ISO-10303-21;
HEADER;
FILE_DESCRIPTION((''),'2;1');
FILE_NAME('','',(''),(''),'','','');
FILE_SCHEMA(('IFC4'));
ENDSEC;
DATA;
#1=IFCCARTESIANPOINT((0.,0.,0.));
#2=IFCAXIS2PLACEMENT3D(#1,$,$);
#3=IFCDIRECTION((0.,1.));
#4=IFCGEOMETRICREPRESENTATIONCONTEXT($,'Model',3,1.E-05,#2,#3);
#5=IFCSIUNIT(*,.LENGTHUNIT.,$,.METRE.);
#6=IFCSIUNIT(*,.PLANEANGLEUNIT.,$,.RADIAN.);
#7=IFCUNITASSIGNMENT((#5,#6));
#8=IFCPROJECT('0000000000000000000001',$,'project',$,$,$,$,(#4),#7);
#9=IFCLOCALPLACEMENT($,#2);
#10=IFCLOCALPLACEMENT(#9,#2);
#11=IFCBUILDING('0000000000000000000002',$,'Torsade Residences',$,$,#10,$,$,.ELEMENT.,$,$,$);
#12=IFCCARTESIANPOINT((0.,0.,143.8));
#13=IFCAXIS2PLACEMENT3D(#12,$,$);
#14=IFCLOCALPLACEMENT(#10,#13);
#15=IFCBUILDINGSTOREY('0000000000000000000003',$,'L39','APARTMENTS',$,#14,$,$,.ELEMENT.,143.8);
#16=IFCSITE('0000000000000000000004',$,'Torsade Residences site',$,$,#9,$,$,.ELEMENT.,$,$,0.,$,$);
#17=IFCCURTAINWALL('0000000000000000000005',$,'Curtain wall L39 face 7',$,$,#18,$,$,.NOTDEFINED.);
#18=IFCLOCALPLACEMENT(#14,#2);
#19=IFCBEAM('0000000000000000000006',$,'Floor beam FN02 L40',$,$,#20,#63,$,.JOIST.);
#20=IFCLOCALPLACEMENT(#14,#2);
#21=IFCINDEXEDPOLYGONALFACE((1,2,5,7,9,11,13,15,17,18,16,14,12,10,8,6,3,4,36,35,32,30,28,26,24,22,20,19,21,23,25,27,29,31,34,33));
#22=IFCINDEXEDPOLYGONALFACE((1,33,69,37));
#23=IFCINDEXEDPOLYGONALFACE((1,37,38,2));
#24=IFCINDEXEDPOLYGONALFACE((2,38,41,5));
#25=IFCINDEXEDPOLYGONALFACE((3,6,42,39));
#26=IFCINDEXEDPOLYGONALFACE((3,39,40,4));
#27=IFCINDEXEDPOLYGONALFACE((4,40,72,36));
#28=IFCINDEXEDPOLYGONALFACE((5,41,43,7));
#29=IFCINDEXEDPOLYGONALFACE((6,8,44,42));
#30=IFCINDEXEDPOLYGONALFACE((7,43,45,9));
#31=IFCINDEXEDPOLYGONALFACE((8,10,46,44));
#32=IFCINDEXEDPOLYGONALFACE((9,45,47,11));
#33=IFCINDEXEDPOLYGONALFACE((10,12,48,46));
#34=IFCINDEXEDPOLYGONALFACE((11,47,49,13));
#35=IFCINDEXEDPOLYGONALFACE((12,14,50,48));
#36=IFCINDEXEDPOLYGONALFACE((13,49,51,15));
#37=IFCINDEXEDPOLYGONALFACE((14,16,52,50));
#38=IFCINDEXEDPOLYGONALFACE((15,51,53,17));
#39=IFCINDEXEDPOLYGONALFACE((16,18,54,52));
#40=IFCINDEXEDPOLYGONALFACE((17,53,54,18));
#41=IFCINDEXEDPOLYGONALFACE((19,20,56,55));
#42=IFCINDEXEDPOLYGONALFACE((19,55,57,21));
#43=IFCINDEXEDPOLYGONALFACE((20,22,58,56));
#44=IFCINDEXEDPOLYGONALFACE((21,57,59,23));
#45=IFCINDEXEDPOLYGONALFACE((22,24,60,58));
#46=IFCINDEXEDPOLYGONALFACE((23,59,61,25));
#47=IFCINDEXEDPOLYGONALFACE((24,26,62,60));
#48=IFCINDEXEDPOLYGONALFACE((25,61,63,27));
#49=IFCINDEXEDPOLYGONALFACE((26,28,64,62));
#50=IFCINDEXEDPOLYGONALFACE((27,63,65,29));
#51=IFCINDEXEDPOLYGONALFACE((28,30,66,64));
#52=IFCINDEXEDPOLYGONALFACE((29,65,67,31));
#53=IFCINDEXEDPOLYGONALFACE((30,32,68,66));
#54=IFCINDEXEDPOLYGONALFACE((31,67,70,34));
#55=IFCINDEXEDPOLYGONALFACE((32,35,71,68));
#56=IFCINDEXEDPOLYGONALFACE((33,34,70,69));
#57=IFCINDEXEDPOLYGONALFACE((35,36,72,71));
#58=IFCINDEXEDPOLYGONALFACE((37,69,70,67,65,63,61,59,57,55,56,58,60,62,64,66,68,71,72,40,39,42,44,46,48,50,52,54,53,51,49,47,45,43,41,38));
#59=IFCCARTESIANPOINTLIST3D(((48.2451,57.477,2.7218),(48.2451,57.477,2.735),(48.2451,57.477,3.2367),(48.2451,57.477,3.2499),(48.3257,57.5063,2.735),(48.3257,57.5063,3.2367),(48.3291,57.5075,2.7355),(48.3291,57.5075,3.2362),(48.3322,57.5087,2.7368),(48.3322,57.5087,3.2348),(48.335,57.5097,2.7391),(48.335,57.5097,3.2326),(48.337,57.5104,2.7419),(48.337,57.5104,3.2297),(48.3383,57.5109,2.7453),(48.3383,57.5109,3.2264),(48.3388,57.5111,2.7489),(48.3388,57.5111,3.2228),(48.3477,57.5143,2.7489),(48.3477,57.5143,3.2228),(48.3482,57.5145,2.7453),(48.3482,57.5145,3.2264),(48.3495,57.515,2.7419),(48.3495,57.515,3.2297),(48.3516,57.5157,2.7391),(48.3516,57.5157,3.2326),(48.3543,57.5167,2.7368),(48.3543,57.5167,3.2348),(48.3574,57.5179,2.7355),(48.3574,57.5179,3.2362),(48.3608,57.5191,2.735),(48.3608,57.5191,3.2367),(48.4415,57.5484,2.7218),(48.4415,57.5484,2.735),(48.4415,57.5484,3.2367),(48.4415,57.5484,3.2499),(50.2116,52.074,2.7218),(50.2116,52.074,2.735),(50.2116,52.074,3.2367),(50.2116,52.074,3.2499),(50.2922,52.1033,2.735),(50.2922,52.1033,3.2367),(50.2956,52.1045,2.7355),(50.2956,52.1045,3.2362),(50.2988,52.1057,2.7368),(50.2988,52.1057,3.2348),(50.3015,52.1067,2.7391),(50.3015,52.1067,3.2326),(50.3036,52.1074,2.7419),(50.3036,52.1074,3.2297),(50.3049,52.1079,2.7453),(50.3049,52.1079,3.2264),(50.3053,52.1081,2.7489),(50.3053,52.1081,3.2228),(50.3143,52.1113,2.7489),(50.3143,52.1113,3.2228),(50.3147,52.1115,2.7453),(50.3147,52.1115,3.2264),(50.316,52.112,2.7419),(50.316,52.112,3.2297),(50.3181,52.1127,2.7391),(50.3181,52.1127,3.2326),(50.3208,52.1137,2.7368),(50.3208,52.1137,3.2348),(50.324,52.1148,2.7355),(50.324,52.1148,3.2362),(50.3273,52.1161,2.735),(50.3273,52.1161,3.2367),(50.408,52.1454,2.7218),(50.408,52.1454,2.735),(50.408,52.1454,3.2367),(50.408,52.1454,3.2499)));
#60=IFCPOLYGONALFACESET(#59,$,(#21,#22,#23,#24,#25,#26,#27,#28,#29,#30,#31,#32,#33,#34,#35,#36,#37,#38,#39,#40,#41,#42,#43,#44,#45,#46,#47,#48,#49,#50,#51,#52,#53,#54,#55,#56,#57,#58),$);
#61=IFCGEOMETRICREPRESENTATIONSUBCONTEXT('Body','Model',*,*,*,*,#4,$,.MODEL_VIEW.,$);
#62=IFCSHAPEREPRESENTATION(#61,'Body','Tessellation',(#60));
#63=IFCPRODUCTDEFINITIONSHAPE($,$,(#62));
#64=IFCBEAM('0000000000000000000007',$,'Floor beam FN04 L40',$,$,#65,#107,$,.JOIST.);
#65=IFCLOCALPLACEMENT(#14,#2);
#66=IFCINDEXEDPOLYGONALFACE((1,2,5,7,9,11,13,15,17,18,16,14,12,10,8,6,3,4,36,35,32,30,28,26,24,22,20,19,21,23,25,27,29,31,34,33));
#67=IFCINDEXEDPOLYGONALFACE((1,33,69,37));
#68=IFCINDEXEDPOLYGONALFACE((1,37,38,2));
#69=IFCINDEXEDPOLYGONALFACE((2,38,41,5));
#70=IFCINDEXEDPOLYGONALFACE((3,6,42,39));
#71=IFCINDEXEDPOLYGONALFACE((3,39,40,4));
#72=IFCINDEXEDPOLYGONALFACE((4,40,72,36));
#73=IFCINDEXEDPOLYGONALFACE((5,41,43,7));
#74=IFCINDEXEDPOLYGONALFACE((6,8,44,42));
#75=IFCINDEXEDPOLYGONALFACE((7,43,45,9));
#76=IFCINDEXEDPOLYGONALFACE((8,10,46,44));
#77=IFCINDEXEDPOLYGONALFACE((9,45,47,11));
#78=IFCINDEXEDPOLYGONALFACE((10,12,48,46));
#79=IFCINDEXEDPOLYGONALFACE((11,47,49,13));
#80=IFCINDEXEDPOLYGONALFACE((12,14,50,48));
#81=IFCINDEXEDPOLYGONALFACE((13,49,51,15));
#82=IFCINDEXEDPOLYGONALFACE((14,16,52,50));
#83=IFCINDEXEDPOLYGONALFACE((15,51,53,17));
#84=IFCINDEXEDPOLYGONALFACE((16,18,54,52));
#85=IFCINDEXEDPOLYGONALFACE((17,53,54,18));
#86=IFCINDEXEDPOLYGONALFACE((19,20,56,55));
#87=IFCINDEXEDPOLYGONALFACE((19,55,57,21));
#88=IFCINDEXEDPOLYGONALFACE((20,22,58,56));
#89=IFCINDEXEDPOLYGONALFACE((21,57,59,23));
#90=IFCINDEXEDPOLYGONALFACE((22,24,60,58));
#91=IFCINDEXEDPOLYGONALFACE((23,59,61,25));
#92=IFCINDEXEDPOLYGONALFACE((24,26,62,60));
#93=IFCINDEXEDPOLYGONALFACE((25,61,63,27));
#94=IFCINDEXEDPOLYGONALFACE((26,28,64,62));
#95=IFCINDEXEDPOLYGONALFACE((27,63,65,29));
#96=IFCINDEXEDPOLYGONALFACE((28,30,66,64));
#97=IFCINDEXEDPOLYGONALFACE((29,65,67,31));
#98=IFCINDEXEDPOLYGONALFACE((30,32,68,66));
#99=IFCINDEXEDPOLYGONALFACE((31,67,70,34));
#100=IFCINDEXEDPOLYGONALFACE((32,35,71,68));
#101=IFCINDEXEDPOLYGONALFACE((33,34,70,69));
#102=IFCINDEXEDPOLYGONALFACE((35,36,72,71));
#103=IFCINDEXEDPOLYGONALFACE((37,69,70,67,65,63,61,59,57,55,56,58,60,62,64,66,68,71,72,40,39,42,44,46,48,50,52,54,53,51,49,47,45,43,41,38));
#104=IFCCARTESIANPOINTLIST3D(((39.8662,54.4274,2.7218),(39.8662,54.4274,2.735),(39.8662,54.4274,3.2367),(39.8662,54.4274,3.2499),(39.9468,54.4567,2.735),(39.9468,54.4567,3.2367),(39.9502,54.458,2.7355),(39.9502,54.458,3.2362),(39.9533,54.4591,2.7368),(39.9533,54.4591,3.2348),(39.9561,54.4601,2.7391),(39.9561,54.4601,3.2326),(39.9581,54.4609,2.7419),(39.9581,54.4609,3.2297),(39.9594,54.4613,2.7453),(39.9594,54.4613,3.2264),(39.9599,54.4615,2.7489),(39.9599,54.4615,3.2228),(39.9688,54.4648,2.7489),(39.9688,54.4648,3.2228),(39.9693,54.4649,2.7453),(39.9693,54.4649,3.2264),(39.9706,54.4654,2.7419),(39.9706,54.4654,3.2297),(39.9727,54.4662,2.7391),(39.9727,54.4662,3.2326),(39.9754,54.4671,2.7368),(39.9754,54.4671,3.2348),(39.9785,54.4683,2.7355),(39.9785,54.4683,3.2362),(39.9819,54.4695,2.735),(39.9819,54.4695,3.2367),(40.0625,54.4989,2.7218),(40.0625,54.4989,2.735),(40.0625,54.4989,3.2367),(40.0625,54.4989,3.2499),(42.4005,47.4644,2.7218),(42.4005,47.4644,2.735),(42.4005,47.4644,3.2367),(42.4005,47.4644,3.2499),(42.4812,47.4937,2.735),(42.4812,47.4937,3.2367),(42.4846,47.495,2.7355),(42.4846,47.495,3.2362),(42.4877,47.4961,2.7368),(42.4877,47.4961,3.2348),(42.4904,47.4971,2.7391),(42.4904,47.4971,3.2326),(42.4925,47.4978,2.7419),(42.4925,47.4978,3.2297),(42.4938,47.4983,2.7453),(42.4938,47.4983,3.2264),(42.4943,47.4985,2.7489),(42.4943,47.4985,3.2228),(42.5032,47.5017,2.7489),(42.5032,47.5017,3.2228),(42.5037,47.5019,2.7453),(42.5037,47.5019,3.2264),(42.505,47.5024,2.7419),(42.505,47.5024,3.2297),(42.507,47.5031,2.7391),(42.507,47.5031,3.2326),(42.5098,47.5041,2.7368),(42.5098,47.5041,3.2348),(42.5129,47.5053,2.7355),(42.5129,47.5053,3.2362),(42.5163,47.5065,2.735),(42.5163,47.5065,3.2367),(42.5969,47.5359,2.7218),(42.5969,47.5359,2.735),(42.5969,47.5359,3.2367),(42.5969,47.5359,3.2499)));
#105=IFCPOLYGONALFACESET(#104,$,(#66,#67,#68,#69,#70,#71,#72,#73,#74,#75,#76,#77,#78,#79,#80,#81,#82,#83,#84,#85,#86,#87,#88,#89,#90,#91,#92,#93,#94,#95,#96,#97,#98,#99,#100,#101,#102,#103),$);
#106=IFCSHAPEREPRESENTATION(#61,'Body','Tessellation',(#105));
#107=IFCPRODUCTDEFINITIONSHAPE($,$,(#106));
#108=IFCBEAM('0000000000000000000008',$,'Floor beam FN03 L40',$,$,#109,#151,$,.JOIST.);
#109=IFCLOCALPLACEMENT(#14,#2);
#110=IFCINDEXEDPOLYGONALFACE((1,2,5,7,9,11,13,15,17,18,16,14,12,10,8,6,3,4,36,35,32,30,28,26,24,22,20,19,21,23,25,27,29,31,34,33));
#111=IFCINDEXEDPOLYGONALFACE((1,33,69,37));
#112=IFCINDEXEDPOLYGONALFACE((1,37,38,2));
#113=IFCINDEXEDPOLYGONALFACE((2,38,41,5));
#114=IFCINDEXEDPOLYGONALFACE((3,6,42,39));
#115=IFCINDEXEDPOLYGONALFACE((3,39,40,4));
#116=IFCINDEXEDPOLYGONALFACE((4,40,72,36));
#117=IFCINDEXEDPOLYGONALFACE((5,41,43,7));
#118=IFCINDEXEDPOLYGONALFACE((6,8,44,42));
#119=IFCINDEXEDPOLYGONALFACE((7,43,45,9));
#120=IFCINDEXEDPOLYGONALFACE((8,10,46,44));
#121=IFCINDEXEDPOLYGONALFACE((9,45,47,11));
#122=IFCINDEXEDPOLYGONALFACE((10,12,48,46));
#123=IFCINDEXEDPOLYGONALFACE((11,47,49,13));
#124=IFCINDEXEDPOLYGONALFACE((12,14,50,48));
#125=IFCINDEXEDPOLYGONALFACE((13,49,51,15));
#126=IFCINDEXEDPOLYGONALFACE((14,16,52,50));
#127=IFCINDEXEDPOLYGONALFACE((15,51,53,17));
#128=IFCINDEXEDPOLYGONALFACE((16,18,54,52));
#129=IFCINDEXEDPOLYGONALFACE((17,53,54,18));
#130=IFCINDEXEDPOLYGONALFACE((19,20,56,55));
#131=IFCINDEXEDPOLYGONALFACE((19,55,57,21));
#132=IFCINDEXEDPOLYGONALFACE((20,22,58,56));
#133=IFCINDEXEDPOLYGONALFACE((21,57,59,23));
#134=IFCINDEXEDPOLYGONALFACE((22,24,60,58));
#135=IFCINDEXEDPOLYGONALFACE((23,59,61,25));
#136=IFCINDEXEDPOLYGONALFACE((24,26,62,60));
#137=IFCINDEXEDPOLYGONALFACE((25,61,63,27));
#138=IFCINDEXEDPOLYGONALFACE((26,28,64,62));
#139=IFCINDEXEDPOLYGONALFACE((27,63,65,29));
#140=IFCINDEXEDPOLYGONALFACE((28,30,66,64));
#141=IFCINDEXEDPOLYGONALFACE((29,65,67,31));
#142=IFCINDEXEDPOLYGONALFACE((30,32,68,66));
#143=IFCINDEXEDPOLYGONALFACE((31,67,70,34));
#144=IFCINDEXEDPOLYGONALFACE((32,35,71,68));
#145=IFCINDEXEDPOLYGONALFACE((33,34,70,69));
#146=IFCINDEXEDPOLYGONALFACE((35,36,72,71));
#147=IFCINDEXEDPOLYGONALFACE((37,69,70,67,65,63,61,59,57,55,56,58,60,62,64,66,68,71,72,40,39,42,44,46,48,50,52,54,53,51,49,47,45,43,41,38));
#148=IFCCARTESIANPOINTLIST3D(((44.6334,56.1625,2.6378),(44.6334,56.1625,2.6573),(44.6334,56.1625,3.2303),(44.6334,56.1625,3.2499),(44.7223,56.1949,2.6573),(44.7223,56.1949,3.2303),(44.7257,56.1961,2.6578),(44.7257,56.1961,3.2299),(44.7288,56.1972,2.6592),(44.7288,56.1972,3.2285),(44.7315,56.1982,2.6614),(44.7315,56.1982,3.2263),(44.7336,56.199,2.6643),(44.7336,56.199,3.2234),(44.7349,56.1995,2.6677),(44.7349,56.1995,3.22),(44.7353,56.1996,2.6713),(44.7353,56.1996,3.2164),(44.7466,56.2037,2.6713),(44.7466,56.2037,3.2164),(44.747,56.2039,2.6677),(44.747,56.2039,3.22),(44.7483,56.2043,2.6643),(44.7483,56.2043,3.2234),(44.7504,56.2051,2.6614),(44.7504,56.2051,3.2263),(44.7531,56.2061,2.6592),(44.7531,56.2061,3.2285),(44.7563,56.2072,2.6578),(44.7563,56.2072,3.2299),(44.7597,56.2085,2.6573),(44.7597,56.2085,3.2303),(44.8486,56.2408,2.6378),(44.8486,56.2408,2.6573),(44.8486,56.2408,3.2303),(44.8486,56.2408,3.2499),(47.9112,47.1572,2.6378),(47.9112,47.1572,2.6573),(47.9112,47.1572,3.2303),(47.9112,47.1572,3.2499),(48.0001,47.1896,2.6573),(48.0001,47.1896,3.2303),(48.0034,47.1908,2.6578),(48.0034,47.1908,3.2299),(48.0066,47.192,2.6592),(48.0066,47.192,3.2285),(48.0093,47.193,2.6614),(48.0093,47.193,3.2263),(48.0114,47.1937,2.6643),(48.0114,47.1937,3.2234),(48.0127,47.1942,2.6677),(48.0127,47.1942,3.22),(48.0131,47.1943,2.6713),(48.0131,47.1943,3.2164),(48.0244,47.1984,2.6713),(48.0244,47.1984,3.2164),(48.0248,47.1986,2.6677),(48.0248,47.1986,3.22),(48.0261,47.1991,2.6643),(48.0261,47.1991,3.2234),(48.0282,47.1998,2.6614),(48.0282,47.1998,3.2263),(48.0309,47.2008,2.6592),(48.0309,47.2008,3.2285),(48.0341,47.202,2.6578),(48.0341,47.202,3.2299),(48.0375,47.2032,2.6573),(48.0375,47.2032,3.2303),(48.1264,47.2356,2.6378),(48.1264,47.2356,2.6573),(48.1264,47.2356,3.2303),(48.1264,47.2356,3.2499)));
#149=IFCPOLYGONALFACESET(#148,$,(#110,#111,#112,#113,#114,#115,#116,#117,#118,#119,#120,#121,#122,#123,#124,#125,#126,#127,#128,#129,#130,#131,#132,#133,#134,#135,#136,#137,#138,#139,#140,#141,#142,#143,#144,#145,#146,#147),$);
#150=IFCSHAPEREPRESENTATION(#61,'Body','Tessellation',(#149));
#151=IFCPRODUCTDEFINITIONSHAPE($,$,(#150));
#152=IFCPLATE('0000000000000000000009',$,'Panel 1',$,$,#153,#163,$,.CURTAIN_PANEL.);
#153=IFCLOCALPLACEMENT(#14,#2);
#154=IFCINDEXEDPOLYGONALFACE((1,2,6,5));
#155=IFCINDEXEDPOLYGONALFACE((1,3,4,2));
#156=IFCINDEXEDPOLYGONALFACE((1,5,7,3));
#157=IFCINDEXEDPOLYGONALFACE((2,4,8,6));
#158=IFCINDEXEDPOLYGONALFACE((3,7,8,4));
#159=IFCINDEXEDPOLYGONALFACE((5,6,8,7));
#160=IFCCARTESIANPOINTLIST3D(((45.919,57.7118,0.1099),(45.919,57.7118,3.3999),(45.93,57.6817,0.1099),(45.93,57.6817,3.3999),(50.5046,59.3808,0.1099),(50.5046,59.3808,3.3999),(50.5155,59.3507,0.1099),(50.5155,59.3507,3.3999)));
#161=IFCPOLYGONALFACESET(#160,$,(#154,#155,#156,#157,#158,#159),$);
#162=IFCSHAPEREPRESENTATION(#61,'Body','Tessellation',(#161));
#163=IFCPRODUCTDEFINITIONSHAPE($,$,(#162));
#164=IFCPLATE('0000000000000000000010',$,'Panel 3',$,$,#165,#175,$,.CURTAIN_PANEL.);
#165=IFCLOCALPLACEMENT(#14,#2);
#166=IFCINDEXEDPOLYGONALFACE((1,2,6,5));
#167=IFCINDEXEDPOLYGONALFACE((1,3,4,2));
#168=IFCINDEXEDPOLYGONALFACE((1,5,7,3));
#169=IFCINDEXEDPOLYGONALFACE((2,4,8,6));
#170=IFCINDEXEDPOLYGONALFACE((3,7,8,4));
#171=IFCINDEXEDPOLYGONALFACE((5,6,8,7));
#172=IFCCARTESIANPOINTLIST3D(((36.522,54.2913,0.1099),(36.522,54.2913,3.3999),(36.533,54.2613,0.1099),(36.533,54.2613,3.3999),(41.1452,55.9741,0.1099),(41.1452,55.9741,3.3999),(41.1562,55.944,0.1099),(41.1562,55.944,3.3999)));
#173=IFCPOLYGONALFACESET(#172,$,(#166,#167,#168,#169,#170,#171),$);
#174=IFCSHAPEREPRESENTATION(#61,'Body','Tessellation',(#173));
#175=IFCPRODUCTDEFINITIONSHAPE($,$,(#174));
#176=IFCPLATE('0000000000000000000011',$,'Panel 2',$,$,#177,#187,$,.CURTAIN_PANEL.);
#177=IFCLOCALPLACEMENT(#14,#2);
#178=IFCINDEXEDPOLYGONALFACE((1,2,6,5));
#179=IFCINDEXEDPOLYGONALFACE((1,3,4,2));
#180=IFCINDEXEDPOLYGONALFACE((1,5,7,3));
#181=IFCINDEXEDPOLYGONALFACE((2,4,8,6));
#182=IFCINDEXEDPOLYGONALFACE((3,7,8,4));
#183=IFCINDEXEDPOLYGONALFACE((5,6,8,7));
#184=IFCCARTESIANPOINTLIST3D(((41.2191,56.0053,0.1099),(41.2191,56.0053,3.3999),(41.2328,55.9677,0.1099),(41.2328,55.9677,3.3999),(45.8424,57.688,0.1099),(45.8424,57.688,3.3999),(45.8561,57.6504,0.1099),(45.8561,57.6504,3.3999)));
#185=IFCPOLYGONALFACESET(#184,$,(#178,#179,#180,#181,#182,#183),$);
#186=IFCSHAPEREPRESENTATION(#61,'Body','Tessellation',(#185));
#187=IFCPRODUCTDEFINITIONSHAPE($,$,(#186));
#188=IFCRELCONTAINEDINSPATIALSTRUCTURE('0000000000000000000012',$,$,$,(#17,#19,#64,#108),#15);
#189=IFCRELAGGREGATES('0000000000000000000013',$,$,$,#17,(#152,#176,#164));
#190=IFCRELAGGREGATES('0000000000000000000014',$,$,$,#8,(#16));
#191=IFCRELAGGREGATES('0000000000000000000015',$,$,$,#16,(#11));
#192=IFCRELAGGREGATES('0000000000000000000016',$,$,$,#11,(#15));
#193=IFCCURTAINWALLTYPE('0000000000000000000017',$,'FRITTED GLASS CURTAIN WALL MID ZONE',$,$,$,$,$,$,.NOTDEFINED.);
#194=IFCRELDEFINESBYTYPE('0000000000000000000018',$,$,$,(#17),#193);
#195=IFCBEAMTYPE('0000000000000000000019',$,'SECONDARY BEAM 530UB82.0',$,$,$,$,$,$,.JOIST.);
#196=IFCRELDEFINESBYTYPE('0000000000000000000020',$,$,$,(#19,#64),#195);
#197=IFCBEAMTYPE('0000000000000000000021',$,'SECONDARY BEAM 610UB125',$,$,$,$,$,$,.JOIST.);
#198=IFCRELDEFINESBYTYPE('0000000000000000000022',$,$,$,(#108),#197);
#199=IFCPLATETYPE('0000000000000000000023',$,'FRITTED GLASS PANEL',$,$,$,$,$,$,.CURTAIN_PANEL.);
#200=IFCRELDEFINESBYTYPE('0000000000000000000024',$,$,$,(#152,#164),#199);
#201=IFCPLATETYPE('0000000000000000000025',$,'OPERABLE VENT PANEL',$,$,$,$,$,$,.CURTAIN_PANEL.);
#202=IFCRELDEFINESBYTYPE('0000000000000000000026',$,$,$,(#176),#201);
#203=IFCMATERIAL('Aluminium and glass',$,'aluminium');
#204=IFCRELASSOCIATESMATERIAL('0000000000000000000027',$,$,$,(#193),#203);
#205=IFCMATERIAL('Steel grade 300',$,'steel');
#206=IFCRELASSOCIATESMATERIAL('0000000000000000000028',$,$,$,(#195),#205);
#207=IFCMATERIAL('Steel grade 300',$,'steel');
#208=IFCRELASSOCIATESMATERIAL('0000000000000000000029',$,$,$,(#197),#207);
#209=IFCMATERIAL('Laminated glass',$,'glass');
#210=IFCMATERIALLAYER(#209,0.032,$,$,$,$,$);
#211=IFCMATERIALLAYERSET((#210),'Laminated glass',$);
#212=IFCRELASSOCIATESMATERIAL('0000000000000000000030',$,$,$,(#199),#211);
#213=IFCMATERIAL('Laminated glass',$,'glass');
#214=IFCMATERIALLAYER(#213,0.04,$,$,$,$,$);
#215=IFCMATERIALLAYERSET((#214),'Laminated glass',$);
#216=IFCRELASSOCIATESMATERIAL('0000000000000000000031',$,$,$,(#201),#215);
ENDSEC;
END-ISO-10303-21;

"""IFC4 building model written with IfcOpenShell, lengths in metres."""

from ifc_helpers import new_model, si_unit, direction, frame, origin, origin_2d, place, context, subcontext, project, spatial, rectangle, i_section, extrude, material, layer, layer_set, material_profile, profile_set, type_object, element, aggregate, save


model = new_model("IFC4")

# Units and contexts
model_context = context("Model", 3, precision=1e-05, world=origin(), true_north=direction((0.0, 1.0)))
body_context = subcontext(model_context, "Body", "Model", "MODEL_VIEW")
ifc_project = project(units=[si_unit("LENGTHUNIT", "METRE"), si_unit("PLANEANGLEUNIT", "RADIAN")], contexts=[model_context])

# Site, building, storey
site_placement = place(None, origin())
site = spatial("IfcSite", under=ifc_project, at=site_placement, Name="Torsade Residences site", CompositionType="ELEMENT", RefElevation=0.0)
building_placement = place(site_placement, origin())
building = spatial("IfcBuilding", under=site, at=building_placement, Name="Torsade Residences", CompositionType="ELEMENT")
storey_placement = place(building_placement, frame((0.0, 0.0, 143.8)))
storey = spatial("IfcBuildingStorey", under=building, at=storey_placement, Name="L39", Description="APARTMENTS", CompositionType="ELEMENT", Elevation=143.8)

# Curtain wall
ifc_material_1 = material(Name="Aluminium and glass", Category="aluminium")
curtain_wall_type = type_object("IfcCurtainWallType", Name="FRITTED GLASS CURTAIN WALL MID ZONE", PredefinedType="NOTDEFINED", material=ifc_material_1)
curtain_wall_placement = place(storey_placement, origin())
curtain_wall = element("IfcCurtainWall", 1, at=curtain_wall_placement, inside=storey, type_object=curtain_wall_type, Name="Curtain wall L39 face 7", PredefinedType="NOTDEFINED")

# Beams
ifc_material_2 = material(Name="Steel grade 300", Category="steel")
ifc_material_profile_1 = material_profile(ifc_material_2, i_section(OverallWidth=0.209, OverallDepth=0.5281, WebThickness=0.0095, FlangeThickness=0.0132, FilletRadius=0.0139, at=origin_2d()), Name="530UB82.0")
ifc_profile_set_1 = profile_set([ifc_material_profile_1], Name="Steel grade 300")
beam_type_1 = type_object("IfcBeamType", Name="SECONDARY BEAM 530UB82.0", PredefinedType="JOIST", material=ifc_profile_set_1)
beam_1_placement = place(storey_placement, frame((48.3433, 57.5127, 2.9858), z_axis=(0.342019, -0.939693, 0.0), x_axis=(0.939693, 0.342019, 0.0)))
element("IfcBeam", 2, at=beam_1_placement, inside=storey, type_object=beam_type_1, Name="Floor beam FN02 L40", PredefinedType="JOIST", context=body_context, shape_type="SweptSolid", body=[
    extrude(i_section(OverallWidth=0.209, OverallDepth=0.5281, WebThickness=0.0095, FlangeThickness=0.0132, FilletRadius=0.0139, at=origin_2d()), origin(), (0.0, 0.0, 1.0), 5.7498),
])
beam_2_placement = place(storey_placement, frame((39.9644, 54.4631, 2.9858), z_axis=(0.342026, -0.93969, 0.0), x_axis=(0.93969, 0.342026, 0.0)))
element("IfcBeam", 3, at=beam_2_placement, inside=storey, type_object=beam_type_1, Name="Floor beam FN04 L40", PredefinedType="JOIST", context=body_context, shape_type="SweptSolid", body=[
    extrude(i_section(OverallWidth=0.209, OverallDepth=0.5281, WebThickness=0.0095, FlangeThickness=0.0132, FilletRadius=0.0139, at=origin_2d()), origin(), (0.0, 0.0, 1.0), 7.4099),
])
ifc_material_3 = material(Name="Steel grade 300", Category="steel")
ifc_material_profile_2 = material_profile(ifc_material_3, i_section(OverallWidth=0.229, OverallDepth=0.6121, WebThickness=0.012, FlangeThickness=0.0195, FilletRadius=0.0139, at=origin_2d()), Name="610UB125")
ifc_profile_set_2 = profile_set([ifc_material_profile_2], Name="Steel grade 300")
beam_type_2 = type_object("IfcBeamType", Name="SECONDARY BEAM 610UB125", PredefinedType="JOIST", material=ifc_profile_set_2)
beam_3_placement = place(storey_placement, frame((44.741, 56.2017, 2.9438), z_axis=(0.342034, -0.939688, 0.0), x_axis=(0.939688, 0.342034, 0.0)))
element("IfcBeam", 4, at=beam_3_placement, inside=storey, type_object=beam_type_2, Name="Floor beam FN03 L40", PredefinedType="JOIST", context=body_context, shape_type="SweptSolid", body=[
    extrude(i_section(OverallWidth=0.229, OverallDepth=0.6121, WebThickness=0.012, FlangeThickness=0.0195, FilletRadius=0.0139, at=origin_2d()), origin(), (0.0, 0.0, 1.0), 9.5833),
])

# Plates
ifc_material_4 = material(Name="Laminated glass", Category="glass")
ifc_layer_1 = layer(ifc_material_4, 0.032)
ifc_layer_set_1 = layer_set([ifc_layer_1], Name="Laminated glass")
plate_type_1 = type_object("IfcPlateType", Name="FRITTED GLASS PANEL", PredefinedType="CURTAIN_PANEL", material=ifc_layer_set_1)
plate_1_placement = place(storey_placement, frame((48.2173, 58.5312, 0.1099), z_axis=(0.0, 0.0, 1.0), x_axis=(-0.939693, -0.34202, 0.0)))
plate_1 = element("IfcPlate", 5, at=plate_1_placement, type_object=plate_type_1, Name="Panel 1", PredefinedType="CURTAIN_PANEL", context=body_context, shape_type="SweptSolid", body=[
    extrude(rectangle(XDim=4.8799, YDim=0.032, at=origin_2d()), origin(), (0.0, 0.0, 1.0), 3.29),
])
plate_2_placement = place(storey_placement, frame((38.8391, 55.1177, 0.1099), z_axis=(0.0, 0.0, 1.0), x_axis=(-0.939693, -0.34202, 0.0)))
plate_2 = element("IfcPlate", 6, at=plate_2_placement, type_object=plate_type_1, Name="Panel 3", PredefinedType="CURTAIN_PANEL", context=body_context, shape_type="SweptSolid", body=[
    extrude(rectangle(XDim=4.9199, YDim=0.032, at=origin_2d()), origin(), (0.0, 0.0, 1.0), 3.29),
])
ifc_material_5 = material(Name="Laminated glass", Category="glass")
ifc_layer_2 = layer(ifc_material_5, 0.04)
ifc_layer_set_2 = layer_set([ifc_layer_2], Name="Laminated glass")
plate_type_2 = type_object("IfcPlateType", Name="OPERABLE VENT PANEL", PredefinedType="CURTAIN_PANEL", material=ifc_layer_set_2)
plate_3_placement = place(storey_placement, frame((43.5376, 56.8279, 0.1099), z_axis=(0.0, 0.0, 1.0), x_axis=(-0.939693, -0.34202, 0.0)))
plate_3 = element("IfcPlate", 7, at=plate_3_placement, type_object=plate_type_2, Name="Panel 2", PredefinedType="CURTAIN_PANEL", context=body_context, shape_type="SweptSolid", body=[
    extrude(rectangle(XDim=4.9199, YDim=0.04, at=origin_2d()), origin(), (0.0, 0.0, 1.0), 3.29),
])
aggregate(curtain_wall, [plate_1, plate_3, plate_2])

save(model, "model.ifc")
